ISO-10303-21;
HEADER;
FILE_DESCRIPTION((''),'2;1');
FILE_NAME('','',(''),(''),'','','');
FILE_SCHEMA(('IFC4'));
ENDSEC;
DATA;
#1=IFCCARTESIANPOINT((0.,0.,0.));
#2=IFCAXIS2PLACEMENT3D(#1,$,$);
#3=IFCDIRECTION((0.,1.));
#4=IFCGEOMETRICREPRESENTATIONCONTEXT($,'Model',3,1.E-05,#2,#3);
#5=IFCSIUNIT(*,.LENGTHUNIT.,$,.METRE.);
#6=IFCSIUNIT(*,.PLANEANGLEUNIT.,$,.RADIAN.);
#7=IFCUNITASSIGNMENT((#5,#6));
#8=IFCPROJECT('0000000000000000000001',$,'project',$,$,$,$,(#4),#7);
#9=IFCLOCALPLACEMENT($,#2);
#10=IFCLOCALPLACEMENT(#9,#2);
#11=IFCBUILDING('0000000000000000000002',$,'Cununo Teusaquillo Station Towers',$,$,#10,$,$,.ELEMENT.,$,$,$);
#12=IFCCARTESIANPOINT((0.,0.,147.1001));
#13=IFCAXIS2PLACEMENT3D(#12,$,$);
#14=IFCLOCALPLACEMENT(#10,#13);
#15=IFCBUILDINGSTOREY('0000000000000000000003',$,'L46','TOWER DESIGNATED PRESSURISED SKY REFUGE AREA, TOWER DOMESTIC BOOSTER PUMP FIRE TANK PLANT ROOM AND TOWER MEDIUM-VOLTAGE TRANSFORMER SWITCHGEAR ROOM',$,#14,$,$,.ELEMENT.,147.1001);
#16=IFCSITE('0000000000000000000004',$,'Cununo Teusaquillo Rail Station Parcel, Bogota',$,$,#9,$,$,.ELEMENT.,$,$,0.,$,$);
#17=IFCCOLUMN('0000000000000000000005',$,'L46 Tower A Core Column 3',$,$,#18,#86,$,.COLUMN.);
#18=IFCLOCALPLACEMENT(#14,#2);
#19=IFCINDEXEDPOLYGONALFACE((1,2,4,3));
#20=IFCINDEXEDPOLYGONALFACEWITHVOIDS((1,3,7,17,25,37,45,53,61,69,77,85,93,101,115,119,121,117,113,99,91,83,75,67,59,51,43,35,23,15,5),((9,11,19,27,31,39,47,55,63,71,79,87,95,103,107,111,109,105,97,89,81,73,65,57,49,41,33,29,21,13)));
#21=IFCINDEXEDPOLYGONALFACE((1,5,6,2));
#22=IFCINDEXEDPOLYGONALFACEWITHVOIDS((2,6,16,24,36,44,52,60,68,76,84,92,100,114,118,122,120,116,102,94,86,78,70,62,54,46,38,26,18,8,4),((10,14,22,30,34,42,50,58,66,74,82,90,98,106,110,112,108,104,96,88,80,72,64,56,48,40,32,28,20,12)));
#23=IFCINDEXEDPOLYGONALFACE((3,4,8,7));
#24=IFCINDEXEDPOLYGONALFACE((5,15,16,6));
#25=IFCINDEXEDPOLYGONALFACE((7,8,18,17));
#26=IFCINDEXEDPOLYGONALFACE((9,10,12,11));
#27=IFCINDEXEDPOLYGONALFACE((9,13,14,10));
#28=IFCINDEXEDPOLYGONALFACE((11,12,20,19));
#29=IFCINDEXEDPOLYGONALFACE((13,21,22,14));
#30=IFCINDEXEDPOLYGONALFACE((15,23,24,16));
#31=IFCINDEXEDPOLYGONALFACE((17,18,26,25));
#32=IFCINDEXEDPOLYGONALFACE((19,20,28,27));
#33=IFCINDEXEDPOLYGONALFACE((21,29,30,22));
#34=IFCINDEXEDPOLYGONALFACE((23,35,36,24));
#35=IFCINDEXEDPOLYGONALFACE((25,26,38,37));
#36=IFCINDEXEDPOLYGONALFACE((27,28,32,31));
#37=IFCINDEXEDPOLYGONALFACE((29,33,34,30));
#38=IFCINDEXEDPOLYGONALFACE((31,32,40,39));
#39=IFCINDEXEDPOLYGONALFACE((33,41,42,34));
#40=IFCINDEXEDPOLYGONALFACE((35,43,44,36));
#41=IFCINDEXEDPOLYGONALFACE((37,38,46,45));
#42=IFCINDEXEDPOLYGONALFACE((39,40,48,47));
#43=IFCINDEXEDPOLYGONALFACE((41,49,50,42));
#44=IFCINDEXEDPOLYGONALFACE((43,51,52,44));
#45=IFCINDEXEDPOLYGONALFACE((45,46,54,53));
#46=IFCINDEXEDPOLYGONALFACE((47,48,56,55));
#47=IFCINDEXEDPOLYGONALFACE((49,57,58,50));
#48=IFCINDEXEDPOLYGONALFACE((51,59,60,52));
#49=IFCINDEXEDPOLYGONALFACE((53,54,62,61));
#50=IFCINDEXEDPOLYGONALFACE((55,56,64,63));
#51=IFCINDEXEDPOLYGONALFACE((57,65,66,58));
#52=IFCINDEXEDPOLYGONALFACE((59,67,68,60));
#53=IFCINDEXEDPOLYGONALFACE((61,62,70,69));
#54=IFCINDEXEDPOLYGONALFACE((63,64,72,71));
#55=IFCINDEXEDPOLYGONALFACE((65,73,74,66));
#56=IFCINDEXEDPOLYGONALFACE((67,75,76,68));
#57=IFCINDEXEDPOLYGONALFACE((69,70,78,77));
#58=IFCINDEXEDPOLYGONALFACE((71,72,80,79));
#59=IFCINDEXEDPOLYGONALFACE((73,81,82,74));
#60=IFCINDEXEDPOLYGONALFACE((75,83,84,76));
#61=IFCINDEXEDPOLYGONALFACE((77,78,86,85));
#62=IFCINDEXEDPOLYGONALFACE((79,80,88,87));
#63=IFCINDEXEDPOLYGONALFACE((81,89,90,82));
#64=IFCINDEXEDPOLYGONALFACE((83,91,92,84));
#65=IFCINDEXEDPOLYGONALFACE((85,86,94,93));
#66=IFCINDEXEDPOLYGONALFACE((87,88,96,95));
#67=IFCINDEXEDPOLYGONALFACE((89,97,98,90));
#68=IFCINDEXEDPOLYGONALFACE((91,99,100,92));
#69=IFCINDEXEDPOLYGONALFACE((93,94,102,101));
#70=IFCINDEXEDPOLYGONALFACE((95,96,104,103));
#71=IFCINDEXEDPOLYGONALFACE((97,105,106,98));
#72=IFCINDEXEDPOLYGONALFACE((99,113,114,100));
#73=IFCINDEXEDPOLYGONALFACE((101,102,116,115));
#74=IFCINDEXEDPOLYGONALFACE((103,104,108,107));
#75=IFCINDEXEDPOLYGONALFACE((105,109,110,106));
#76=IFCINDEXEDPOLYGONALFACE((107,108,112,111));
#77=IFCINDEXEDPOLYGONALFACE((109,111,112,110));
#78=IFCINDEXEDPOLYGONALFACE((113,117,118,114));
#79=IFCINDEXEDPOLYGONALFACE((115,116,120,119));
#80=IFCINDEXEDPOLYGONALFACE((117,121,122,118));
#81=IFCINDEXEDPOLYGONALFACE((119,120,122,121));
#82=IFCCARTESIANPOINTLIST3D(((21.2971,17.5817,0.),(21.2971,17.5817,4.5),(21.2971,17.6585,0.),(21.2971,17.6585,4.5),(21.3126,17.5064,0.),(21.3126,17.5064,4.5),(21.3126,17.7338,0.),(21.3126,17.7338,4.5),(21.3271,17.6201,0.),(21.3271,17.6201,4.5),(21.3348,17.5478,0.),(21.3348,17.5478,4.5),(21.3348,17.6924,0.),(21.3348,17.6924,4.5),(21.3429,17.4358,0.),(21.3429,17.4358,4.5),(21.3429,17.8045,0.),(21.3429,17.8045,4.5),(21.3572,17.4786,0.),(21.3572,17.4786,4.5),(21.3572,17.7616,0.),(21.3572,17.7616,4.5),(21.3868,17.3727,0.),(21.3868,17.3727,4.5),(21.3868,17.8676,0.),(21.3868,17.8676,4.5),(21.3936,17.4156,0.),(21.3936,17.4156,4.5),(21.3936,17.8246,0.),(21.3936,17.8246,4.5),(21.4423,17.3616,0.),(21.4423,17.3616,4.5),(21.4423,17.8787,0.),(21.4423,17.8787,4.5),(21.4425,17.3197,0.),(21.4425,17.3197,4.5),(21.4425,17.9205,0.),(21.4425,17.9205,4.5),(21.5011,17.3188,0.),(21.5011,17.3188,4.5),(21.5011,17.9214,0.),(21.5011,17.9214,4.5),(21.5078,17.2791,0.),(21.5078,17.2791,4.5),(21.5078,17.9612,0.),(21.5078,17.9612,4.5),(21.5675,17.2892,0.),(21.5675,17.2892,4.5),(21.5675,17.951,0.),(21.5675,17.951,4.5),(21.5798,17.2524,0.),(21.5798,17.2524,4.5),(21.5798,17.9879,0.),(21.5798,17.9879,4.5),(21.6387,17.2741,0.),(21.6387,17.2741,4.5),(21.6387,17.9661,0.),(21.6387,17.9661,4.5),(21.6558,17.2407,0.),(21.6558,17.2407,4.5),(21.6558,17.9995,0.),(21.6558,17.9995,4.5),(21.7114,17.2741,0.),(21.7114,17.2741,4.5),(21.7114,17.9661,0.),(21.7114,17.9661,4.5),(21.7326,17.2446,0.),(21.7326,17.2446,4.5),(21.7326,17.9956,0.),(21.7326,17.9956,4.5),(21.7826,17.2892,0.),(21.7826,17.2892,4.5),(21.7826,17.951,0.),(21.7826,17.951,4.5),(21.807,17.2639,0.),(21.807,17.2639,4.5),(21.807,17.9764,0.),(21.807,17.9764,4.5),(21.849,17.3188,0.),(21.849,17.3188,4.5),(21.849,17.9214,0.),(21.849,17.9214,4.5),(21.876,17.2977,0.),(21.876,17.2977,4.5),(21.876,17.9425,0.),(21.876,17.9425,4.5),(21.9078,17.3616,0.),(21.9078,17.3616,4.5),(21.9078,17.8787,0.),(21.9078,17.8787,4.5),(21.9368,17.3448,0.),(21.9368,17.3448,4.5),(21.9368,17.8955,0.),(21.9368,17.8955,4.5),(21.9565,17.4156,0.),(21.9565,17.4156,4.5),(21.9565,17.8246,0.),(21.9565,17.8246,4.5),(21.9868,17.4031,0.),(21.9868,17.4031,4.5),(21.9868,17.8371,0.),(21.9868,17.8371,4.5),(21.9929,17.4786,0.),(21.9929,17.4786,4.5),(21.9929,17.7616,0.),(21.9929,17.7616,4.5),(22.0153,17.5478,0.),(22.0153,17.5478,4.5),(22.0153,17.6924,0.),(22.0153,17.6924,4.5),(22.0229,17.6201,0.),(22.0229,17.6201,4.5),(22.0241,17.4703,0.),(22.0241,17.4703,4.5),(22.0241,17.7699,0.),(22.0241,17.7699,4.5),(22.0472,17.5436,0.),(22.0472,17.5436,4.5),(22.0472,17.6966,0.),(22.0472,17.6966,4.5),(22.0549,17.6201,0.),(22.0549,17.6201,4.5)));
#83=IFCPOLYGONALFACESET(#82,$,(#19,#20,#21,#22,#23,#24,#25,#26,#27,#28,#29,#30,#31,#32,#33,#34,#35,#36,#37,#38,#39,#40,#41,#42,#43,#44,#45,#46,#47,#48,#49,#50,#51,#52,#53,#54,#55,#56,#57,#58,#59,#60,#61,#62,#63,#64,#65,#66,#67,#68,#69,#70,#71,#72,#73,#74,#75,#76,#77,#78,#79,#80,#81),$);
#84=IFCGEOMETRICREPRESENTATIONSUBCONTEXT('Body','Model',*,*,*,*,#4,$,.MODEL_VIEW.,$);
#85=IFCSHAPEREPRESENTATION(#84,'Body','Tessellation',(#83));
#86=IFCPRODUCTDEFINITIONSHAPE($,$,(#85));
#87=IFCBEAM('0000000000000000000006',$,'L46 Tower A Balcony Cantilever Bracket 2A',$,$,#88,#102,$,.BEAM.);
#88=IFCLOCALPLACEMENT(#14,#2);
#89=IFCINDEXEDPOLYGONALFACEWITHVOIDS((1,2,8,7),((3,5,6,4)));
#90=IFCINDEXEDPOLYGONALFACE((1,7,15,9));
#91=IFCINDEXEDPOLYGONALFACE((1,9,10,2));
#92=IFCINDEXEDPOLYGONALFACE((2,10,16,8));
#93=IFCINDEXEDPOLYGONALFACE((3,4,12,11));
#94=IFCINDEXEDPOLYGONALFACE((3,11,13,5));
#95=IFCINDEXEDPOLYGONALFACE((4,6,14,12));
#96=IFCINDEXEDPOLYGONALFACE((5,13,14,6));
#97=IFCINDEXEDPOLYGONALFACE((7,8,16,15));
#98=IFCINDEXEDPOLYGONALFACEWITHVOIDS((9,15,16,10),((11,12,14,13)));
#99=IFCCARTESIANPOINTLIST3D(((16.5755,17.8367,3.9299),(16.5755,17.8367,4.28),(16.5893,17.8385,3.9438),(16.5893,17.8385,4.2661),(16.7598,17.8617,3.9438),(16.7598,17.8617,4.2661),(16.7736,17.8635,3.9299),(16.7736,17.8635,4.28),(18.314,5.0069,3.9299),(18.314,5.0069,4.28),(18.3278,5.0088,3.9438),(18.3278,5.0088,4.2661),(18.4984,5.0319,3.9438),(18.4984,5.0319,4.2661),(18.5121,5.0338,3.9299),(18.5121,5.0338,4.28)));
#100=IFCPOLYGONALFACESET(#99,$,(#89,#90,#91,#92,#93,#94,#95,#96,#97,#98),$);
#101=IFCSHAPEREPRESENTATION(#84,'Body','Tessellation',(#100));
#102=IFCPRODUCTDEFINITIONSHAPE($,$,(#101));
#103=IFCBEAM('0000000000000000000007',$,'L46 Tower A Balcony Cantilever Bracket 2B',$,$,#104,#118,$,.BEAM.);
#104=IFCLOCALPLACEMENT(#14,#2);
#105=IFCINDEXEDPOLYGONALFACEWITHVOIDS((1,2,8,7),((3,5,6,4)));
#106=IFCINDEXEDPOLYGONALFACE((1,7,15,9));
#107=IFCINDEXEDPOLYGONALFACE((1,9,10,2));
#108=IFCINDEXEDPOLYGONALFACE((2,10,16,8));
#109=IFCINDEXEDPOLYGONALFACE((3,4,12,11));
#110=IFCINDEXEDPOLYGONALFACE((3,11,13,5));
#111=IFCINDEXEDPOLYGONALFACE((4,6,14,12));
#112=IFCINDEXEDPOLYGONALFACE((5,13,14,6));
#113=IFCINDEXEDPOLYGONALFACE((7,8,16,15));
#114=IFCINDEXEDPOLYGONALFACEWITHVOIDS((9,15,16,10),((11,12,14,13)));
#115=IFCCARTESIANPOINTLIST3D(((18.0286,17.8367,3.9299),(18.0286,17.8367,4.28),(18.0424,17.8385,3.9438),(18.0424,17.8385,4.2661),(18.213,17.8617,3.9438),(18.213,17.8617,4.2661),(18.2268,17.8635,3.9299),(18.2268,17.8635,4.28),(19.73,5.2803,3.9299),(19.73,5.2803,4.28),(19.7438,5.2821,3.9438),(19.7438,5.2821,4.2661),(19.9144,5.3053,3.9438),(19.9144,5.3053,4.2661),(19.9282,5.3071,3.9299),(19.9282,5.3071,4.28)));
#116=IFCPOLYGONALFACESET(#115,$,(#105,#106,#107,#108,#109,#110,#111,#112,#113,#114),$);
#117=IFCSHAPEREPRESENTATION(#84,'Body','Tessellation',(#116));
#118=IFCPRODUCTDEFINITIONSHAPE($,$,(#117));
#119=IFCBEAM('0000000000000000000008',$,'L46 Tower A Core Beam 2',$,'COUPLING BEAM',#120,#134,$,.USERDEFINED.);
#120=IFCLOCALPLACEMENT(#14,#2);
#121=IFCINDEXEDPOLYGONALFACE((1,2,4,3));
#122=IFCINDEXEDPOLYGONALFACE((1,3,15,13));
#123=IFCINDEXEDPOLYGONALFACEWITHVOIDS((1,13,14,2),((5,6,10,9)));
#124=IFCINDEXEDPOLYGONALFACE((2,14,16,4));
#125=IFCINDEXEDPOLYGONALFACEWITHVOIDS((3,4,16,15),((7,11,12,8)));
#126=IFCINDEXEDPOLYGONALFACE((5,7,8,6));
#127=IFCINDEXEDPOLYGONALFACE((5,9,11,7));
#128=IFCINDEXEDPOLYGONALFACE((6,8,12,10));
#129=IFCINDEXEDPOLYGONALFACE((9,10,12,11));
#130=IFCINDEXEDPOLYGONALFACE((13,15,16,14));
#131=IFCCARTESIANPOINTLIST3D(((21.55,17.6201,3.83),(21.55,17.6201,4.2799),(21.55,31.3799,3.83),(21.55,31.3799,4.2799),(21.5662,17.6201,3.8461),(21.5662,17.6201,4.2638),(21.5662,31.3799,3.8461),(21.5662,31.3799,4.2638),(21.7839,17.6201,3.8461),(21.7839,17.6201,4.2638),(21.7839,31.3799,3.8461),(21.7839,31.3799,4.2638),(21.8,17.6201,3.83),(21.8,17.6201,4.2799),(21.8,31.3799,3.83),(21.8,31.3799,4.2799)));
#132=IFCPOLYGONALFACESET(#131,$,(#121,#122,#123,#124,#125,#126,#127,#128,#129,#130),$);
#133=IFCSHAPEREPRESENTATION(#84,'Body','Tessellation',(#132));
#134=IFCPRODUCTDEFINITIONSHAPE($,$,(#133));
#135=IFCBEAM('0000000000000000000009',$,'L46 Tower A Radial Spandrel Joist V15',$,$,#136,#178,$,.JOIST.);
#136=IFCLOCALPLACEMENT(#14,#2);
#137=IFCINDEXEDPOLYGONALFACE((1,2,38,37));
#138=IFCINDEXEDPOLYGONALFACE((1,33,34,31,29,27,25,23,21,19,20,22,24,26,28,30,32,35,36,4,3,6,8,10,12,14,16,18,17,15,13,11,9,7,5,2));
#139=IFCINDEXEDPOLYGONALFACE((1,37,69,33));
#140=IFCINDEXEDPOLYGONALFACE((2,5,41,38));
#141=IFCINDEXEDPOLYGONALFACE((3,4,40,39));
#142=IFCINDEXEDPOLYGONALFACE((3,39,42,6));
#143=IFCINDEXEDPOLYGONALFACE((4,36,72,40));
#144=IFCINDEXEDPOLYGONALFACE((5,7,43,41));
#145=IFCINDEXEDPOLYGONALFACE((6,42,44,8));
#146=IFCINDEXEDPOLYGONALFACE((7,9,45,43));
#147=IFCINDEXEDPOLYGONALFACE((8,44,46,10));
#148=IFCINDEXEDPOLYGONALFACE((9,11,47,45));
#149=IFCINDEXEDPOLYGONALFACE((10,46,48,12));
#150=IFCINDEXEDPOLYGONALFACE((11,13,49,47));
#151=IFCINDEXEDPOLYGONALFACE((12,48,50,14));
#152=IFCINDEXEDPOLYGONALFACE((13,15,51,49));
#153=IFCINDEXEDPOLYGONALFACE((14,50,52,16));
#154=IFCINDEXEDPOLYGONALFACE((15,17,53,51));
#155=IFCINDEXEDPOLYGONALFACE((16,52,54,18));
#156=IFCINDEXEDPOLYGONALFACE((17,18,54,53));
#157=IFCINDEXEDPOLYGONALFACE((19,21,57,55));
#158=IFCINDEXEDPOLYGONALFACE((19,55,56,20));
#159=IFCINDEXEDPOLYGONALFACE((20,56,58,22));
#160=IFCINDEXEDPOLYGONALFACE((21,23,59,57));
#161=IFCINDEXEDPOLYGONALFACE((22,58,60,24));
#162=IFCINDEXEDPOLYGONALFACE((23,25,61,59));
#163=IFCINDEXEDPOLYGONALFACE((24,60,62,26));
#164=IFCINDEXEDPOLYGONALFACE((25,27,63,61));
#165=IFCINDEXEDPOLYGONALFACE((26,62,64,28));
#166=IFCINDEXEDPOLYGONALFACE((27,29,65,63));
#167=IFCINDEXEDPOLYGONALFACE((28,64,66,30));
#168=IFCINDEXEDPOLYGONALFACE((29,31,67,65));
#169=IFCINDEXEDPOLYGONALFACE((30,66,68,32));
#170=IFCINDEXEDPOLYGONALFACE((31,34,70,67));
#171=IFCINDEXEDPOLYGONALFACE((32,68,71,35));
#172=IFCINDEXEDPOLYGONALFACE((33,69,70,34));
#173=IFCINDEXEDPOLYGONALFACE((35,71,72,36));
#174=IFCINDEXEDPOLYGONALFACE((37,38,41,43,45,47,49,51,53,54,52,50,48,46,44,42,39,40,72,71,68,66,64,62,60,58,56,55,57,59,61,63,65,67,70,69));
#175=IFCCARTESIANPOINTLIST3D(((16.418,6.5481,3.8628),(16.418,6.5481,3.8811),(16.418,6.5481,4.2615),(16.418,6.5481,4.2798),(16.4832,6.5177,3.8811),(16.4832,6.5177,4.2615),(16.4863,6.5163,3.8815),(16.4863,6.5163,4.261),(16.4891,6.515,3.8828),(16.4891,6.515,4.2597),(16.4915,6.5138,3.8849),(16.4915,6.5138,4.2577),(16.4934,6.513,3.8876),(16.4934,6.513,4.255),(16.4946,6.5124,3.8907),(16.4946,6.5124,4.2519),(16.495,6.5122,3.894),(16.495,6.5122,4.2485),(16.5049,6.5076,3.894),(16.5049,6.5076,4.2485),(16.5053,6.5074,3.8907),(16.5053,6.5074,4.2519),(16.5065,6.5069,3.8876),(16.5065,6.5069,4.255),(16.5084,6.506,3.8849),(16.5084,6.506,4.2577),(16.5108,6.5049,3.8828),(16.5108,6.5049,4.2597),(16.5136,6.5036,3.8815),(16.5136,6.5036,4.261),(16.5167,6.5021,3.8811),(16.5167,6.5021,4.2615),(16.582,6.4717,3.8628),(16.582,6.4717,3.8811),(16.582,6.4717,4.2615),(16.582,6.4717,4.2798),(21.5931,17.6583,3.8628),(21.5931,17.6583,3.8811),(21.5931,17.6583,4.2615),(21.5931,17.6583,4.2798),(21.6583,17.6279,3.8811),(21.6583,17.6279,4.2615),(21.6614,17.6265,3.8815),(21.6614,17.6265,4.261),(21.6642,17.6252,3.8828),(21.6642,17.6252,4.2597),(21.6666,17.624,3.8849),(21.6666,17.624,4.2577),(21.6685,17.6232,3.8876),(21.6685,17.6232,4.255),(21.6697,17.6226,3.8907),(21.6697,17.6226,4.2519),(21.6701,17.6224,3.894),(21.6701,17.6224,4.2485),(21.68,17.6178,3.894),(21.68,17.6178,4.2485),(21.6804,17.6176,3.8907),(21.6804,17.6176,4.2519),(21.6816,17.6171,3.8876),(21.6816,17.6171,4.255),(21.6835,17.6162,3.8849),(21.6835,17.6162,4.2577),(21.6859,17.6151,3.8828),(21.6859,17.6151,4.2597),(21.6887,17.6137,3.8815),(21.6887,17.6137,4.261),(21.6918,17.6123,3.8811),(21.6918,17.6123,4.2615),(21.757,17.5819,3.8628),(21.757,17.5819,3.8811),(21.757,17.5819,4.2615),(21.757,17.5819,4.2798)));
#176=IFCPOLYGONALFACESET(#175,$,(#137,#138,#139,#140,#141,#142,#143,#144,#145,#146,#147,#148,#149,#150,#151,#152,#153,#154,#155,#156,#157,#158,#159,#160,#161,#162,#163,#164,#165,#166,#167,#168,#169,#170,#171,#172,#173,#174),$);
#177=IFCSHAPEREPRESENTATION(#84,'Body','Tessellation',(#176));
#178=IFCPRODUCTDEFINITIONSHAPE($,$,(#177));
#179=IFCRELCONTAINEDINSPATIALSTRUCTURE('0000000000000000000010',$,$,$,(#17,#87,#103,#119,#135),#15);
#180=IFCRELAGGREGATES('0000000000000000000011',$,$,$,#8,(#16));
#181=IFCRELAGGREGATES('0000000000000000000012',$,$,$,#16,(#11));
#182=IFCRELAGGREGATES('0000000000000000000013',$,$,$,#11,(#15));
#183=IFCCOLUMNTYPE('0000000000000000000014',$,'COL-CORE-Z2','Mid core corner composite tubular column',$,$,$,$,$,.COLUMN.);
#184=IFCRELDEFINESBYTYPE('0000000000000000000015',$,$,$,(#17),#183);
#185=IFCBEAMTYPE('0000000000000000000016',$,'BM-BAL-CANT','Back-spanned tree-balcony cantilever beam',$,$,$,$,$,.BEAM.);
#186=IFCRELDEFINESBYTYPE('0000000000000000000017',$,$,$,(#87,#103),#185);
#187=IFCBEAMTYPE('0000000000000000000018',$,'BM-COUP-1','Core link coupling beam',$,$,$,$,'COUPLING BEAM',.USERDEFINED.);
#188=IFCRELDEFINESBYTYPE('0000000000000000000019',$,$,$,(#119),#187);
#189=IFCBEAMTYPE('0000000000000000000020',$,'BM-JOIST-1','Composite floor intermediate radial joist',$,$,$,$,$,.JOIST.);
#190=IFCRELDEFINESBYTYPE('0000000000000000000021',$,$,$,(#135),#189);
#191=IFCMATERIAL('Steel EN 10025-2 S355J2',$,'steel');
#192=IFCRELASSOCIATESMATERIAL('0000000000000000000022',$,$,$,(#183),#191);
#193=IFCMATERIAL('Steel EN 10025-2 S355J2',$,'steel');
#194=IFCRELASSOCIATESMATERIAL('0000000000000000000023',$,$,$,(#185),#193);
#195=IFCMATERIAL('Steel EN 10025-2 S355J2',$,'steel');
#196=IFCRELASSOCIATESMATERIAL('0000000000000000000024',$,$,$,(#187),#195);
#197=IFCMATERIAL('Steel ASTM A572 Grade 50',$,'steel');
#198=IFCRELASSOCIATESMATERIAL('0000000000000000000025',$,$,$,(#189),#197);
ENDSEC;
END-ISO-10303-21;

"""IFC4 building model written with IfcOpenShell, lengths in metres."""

from ifc_helpers import new_model, si_unit, direction, frame, origin, origin_2d, place, context, subcontext, project, spatial, hollow_rectangle, hollow_circle, i_section, extrude, material, material_profile, profile_set, type_object, element, save


model = new_model("IFC4")

# Units and contexts
model_context = context("Model", 3, precision=1e-05, world=origin(), true_north=direction((0.0, 1.0)))
body_context = subcontext(model_context, "Body", "Model", "MODEL_VIEW")
ifc_project = project(units=[si_unit("LENGTHUNIT", "METRE"), si_unit("PLANEANGLEUNIT", "RADIAN")], contexts=[model_context])

# Site, building, storey
site_placement = place(None, origin())
site = spatial("IfcSite", under=ifc_project, at=site_placement, Name="Cununo Teusaquillo Rail Station Parcel, Bogota", CompositionType="ELEMENT", RefElevation=0.0)
building_placement = place(site_placement, origin())
building = spatial("IfcBuilding", under=site, at=building_placement, Name="Cununo Teusaquillo Station Towers", CompositionType="ELEMENT")
storey_placement = place(building_placement, frame((0.0, 0.0, 147.1001)))
storey = spatial("IfcBuildingStorey", under=building, at=storey_placement, Name="L46", Description="TOWER DESIGNATED PRESSURISED SKY REFUGE AREA, TOWER DOMESTIC BOOSTER PUMP FIRE TANK PLANT ROOM AND TOWER MEDIUM-VOLTAGE TRANSFORMER SWITCHGEAR ROOM", CompositionType="ELEMENT", Elevation=147.1001)

# Column
ifc_material_1 = material(Name="Steel EN 10025-2 S355J2", Category="steel")
ifc_material_profile_1 = material_profile(ifc_material_1, hollow_circle(Radius=0.3799, WallThickness=0.032, at=origin_2d()), Name="CHS 760x32")
ifc_profile_set_1 = profile_set([ifc_material_profile_1], Name="Steel EN 10025-2 S355J2")
column_type = type_object("IfcColumnType", Name="COL-CORE-Z2", Description="Mid core corner composite tubular column", PredefinedType="COLUMN", material=ifc_profile_set_1)
column_placement = place(storey_placement, frame((21.675, 17.6201, 0.0), z_axis=(0.0, 0.0, 1.0), x_axis=(1.0, 0.0, 0.0)))
element("IfcColumn", 1, at=column_placement, inside=storey, type_object=column_type, Name="L46 Tower A Core Column 3", PredefinedType="COLUMN", context=body_context, shape_type="SweptSolid", body=[
    extrude(hollow_circle(Radius=0.3799, WallThickness=0.032, at=origin_2d()), origin(), (0.0, 0.0, 1.0), 4.5),
])

# Beams
ifc_material_2 = material(Name="Steel EN 10025-2 S355J2", Category="steel")
ifc_material_profile_2 = material_profile(ifc_material_2, hollow_rectangle(XDim=0.2, YDim=0.3501, WallThickness=0.0139, at=origin_2d()), Name="RHS 350x200x14")
ifc_profile_set_2 = profile_set([ifc_material_profile_2], Name="Steel EN 10025-2 S355J2")
beam_type_1 = type_object("IfcBeamType", Name="BM-BAL-CANT", Description="Back-spanned tree-balcony cantilever beam", PredefinedType="BEAM", material=ifc_profile_set_2)
beam_1_placement = place(storey_placement, frame((16.6746, 17.8501, 4.105), z_axis=(0.134279, -0.990944, 0.0), x_axis=(0.990944, 0.134279, 0.0)))
element("IfcBeam", 2, at=beam_1_placement, inside=storey, type_object=beam_type_1, Name="L46 Tower A Balcony Cantilever Bracket 2A", PredefinedType="BEAM", context=body_context, shape_type="SweptSolid", body=[
    extrude(hollow_rectangle(XDim=0.2, YDim=0.3501, WallThickness=0.0139, at=origin_2d()), origin(), (0.0, 0.0, 1.0), 12.947),
])
beam_2_placement = place(storey_placement, frame((18.1277, 17.8501, 4.105), z_axis=(0.134275, -0.990944, 0.0), x_axis=(0.990944, 0.134275, 0.0)))
element("IfcBeam", 3, at=beam_2_placement, inside=storey, type_object=beam_type_1, Name="L46 Tower A Balcony Cantilever Bracket 2B", PredefinedType="BEAM", context=body_context, shape_type="SweptSolid", body=[
    extrude(hollow_rectangle(XDim=0.2, YDim=0.3501, WallThickness=0.0139, at=origin_2d()), origin(), (0.0, 0.0, 1.0), 12.6711),
])
ifc_material_3 = material(Name="Steel EN 10025-2 S355J2", Category="steel")
ifc_material_profile_3 = material_profile(ifc_material_3, hollow_rectangle(XDim=0.25, YDim=0.45, WallThickness=0.0161, at=origin_2d()), Name="RHS 450x250x16")
ifc_profile_set_3 = profile_set([ifc_material_profile_3], Name="Steel EN 10025-2 S355J2")
beam_type_2 = type_object("IfcBeamType", Name="BM-COUP-1", Description="Core link coupling beam", ElementType="COUPLING BEAM", PredefinedType="USERDEFINED", material=ifc_profile_set_3)
beam_3_placement = place(storey_placement, frame((21.675, 17.6201, 4.0549), z_axis=(0.0, 1.0, 0.0), x_axis=(-1.0, 0.0, 0.0)))
element("IfcBeam", 4, at=beam_3_placement, inside=storey, type_object=beam_type_2, Name="L46 Tower A Core Beam 2", ObjectType="COUPLING BEAM", PredefinedType="USERDEFINED", context=body_context, shape_type="SweptSolid", body=[
    extrude(hollow_rectangle(XDim=0.25, YDim=0.45, WallThickness=0.0161, at=origin_2d()), origin(), (0.0, 0.0, 1.0), 13.7598),
])
ifc_material_4 = material(Name="Steel ASTM A572 Grade 50", Category="steel")
ifc_material_profile_4 = material_profile(ifc_material_4, i_section(OverallWidth=0.1809, OverallDepth=0.417, WebThickness=0.011, FlangeThickness=0.0183, FilletRadius=0.0129, at=origin_2d()), Name="W16X57")
ifc_profile_set_4 = profile_set([ifc_material_profile_4], Name="Steel ASTM A572 Grade 50")
beam_type_3 = type_object("IfcBeamType", Name="BM-JOIST-1", Description="Composite floor intermediate radial joist", PredefinedType="JOIST", material=ifc_profile_set_4)
beam_4_placement = place(storey_placement, frame((21.675, 17.6201, 4.0713), z_axis=(-0.422238, -0.906485, 0.0), x_axis=(0.906485, -0.422238, 0.0)))
element("IfcBeam", 5, at=beam_4_placement, inside=storey, type_object=beam_type_3, Name="L46 Tower A Radial Spandrel Joist V15", PredefinedType="JOIST", context=body_context, shape_type="SweptSolid", body=[
    extrude(i_section(OverallWidth=0.1809, OverallDepth=0.417, WebThickness=0.011, FlangeThickness=0.0183, FilletRadius=0.0129, at=origin_2d()), origin(), (0.0, 0.0, 1.0), 12.2563),
])

save(model, "model.ifc")
